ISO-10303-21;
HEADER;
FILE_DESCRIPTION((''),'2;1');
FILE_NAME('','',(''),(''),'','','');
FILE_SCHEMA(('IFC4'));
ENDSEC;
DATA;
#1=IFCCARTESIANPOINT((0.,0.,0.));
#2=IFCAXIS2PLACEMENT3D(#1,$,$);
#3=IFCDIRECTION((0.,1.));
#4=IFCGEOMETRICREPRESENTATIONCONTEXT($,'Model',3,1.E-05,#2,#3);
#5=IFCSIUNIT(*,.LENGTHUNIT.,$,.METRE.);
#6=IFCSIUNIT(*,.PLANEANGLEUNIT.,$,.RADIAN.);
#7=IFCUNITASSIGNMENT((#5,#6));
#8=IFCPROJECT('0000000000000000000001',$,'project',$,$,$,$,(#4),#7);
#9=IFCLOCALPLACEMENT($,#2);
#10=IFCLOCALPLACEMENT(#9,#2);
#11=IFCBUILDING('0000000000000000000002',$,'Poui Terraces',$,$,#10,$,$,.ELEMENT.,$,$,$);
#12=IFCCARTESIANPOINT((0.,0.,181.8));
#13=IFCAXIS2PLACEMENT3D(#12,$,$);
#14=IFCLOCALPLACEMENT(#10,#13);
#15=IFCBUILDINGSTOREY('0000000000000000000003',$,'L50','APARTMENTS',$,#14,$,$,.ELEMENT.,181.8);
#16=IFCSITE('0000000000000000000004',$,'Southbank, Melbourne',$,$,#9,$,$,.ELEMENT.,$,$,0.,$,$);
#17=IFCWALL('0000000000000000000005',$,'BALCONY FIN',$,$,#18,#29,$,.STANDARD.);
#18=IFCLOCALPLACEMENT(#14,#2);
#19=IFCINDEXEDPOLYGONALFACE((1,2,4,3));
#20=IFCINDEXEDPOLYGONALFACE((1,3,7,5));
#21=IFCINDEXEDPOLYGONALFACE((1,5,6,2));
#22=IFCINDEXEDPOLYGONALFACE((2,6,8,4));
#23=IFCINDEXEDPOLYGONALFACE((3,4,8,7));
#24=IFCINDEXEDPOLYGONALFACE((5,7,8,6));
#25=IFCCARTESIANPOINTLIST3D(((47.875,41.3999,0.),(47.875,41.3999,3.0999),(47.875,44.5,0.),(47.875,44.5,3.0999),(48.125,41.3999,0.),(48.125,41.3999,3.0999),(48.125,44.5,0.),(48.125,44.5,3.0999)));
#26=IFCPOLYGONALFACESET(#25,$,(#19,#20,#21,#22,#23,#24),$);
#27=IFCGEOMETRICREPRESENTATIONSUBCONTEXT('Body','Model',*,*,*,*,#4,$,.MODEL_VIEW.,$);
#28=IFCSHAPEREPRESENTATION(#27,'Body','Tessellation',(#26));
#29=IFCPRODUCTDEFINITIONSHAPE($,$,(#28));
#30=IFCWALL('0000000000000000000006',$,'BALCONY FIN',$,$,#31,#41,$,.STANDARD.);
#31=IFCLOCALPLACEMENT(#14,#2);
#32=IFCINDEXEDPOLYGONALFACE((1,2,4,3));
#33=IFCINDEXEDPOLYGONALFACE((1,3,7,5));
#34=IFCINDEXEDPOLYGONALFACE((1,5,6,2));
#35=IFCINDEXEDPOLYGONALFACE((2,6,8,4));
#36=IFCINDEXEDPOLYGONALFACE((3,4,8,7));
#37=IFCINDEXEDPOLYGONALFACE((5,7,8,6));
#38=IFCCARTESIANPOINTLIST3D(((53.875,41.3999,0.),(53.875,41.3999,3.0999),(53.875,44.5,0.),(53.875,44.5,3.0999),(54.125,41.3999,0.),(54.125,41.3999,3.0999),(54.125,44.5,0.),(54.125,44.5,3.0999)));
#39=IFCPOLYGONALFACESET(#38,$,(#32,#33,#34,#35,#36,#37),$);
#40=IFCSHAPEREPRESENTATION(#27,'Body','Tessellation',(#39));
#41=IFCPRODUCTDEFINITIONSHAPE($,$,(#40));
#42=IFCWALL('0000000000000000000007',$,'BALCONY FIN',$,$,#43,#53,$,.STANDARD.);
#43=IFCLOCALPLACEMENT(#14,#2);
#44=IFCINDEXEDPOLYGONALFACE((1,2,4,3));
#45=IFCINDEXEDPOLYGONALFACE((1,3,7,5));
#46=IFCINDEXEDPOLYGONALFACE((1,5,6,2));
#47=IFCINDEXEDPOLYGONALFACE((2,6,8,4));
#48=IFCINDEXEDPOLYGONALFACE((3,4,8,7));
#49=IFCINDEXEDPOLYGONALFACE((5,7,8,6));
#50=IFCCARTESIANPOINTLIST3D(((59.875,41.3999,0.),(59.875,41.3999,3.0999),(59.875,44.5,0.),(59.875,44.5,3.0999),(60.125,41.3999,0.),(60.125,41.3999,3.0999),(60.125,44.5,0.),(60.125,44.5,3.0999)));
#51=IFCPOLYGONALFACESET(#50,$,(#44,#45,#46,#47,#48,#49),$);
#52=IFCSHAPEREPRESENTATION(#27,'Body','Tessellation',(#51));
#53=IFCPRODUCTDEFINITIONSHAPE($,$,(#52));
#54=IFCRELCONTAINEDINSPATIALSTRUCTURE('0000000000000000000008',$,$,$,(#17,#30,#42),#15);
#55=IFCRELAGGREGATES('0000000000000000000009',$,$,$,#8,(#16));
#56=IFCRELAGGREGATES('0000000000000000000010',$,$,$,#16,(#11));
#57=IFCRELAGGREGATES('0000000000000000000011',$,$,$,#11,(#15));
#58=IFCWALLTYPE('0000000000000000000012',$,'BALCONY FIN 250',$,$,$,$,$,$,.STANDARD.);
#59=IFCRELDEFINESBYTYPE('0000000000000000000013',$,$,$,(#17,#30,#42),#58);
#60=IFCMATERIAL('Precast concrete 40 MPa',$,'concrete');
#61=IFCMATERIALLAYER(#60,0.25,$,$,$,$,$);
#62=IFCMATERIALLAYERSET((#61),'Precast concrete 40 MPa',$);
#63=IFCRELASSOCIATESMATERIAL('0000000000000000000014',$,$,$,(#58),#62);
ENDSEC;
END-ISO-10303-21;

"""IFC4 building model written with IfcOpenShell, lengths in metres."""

from ifc_helpers import new_model, si_unit, direction, frame, origin, place, context, subcontext, project, spatial, polyline, outline, extrude, source, transform, mapped, material, layer, layer_set, type_object, element, save


model = new_model("IFC4")

# Units and contexts
model_context = context("Model", 3, precision=1e-05, world=origin(), true_north=direction((0.0, 1.0)))
body_context = subcontext(model_context, "Body", "Model", "MODEL_VIEW")
ifc_project = project(units=[si_unit("LENGTHUNIT", "METRE"), si_unit("PLANEANGLEUNIT", "RADIAN")], contexts=[model_context])

# Site, building, storey
site_placement = place(None, origin())
site = spatial("IfcSite", under=ifc_project, at=site_placement, Name="Southbank, Melbourne", CompositionType="ELEMENT", RefElevation=0.0)
building_placement = place(site_placement, origin())
building = spatial("IfcBuilding", under=site, at=building_placement, Name="Poui Terraces", CompositionType="ELEMENT")
storey_placement = place(building_placement, frame((0.0, 0.0, 181.8)))
storey = spatial("IfcBuildingStorey", under=building, at=storey_placement, Name="L50", Description="APARTMENTS", CompositionType="ELEMENT", Elevation=181.8)

# Walls
ifc_material_1 = material(Name="Precast concrete 40 MPa", Category="concrete")
ifc_layer_1 = layer(ifc_material_1, 0.25)
ifc_layer_set_1 = layer_set([ifc_layer_1], Name="Precast concrete 40 MPa")
wall_type_1 = type_object("IfcWallType", Name="BALCONY FIN 250", PredefinedType="STANDARD", material=ifc_layer_set_1)
shared_shape_1 = source(origin(), body_context, "Body", "SweptSolid", [
    extrude(outline(polyline([(0.0, 0.0), (0.25, 0.0), (0.25, 3.1001), (0.0, 3.1001), (0.0, 0.0)])), origin(), (0.0, 0.0, 1.0), 3.0999),
])
for number, where, name in (
    (1, (47.875, 41.3999, 0.0), "BALCONY FIN"),
    (2, (53.875, 41.3999, 0.0), "BALCONY FIN"),
    (3, (59.875, 41.3999, 0.0), "BALCONY FIN"),
):
    element("IfcWall", number, at=place(storey_placement, frame(where)), inside=storey, type_object=wall_type_1, Name=name, PredefinedType="STANDARD", context=body_context, shape_type="MappedRepresentation", body=[
        mapped(shared_shape_1, transform((0.0, 0.0, 0.0))),
    ])

save(model, "model.ifc")
